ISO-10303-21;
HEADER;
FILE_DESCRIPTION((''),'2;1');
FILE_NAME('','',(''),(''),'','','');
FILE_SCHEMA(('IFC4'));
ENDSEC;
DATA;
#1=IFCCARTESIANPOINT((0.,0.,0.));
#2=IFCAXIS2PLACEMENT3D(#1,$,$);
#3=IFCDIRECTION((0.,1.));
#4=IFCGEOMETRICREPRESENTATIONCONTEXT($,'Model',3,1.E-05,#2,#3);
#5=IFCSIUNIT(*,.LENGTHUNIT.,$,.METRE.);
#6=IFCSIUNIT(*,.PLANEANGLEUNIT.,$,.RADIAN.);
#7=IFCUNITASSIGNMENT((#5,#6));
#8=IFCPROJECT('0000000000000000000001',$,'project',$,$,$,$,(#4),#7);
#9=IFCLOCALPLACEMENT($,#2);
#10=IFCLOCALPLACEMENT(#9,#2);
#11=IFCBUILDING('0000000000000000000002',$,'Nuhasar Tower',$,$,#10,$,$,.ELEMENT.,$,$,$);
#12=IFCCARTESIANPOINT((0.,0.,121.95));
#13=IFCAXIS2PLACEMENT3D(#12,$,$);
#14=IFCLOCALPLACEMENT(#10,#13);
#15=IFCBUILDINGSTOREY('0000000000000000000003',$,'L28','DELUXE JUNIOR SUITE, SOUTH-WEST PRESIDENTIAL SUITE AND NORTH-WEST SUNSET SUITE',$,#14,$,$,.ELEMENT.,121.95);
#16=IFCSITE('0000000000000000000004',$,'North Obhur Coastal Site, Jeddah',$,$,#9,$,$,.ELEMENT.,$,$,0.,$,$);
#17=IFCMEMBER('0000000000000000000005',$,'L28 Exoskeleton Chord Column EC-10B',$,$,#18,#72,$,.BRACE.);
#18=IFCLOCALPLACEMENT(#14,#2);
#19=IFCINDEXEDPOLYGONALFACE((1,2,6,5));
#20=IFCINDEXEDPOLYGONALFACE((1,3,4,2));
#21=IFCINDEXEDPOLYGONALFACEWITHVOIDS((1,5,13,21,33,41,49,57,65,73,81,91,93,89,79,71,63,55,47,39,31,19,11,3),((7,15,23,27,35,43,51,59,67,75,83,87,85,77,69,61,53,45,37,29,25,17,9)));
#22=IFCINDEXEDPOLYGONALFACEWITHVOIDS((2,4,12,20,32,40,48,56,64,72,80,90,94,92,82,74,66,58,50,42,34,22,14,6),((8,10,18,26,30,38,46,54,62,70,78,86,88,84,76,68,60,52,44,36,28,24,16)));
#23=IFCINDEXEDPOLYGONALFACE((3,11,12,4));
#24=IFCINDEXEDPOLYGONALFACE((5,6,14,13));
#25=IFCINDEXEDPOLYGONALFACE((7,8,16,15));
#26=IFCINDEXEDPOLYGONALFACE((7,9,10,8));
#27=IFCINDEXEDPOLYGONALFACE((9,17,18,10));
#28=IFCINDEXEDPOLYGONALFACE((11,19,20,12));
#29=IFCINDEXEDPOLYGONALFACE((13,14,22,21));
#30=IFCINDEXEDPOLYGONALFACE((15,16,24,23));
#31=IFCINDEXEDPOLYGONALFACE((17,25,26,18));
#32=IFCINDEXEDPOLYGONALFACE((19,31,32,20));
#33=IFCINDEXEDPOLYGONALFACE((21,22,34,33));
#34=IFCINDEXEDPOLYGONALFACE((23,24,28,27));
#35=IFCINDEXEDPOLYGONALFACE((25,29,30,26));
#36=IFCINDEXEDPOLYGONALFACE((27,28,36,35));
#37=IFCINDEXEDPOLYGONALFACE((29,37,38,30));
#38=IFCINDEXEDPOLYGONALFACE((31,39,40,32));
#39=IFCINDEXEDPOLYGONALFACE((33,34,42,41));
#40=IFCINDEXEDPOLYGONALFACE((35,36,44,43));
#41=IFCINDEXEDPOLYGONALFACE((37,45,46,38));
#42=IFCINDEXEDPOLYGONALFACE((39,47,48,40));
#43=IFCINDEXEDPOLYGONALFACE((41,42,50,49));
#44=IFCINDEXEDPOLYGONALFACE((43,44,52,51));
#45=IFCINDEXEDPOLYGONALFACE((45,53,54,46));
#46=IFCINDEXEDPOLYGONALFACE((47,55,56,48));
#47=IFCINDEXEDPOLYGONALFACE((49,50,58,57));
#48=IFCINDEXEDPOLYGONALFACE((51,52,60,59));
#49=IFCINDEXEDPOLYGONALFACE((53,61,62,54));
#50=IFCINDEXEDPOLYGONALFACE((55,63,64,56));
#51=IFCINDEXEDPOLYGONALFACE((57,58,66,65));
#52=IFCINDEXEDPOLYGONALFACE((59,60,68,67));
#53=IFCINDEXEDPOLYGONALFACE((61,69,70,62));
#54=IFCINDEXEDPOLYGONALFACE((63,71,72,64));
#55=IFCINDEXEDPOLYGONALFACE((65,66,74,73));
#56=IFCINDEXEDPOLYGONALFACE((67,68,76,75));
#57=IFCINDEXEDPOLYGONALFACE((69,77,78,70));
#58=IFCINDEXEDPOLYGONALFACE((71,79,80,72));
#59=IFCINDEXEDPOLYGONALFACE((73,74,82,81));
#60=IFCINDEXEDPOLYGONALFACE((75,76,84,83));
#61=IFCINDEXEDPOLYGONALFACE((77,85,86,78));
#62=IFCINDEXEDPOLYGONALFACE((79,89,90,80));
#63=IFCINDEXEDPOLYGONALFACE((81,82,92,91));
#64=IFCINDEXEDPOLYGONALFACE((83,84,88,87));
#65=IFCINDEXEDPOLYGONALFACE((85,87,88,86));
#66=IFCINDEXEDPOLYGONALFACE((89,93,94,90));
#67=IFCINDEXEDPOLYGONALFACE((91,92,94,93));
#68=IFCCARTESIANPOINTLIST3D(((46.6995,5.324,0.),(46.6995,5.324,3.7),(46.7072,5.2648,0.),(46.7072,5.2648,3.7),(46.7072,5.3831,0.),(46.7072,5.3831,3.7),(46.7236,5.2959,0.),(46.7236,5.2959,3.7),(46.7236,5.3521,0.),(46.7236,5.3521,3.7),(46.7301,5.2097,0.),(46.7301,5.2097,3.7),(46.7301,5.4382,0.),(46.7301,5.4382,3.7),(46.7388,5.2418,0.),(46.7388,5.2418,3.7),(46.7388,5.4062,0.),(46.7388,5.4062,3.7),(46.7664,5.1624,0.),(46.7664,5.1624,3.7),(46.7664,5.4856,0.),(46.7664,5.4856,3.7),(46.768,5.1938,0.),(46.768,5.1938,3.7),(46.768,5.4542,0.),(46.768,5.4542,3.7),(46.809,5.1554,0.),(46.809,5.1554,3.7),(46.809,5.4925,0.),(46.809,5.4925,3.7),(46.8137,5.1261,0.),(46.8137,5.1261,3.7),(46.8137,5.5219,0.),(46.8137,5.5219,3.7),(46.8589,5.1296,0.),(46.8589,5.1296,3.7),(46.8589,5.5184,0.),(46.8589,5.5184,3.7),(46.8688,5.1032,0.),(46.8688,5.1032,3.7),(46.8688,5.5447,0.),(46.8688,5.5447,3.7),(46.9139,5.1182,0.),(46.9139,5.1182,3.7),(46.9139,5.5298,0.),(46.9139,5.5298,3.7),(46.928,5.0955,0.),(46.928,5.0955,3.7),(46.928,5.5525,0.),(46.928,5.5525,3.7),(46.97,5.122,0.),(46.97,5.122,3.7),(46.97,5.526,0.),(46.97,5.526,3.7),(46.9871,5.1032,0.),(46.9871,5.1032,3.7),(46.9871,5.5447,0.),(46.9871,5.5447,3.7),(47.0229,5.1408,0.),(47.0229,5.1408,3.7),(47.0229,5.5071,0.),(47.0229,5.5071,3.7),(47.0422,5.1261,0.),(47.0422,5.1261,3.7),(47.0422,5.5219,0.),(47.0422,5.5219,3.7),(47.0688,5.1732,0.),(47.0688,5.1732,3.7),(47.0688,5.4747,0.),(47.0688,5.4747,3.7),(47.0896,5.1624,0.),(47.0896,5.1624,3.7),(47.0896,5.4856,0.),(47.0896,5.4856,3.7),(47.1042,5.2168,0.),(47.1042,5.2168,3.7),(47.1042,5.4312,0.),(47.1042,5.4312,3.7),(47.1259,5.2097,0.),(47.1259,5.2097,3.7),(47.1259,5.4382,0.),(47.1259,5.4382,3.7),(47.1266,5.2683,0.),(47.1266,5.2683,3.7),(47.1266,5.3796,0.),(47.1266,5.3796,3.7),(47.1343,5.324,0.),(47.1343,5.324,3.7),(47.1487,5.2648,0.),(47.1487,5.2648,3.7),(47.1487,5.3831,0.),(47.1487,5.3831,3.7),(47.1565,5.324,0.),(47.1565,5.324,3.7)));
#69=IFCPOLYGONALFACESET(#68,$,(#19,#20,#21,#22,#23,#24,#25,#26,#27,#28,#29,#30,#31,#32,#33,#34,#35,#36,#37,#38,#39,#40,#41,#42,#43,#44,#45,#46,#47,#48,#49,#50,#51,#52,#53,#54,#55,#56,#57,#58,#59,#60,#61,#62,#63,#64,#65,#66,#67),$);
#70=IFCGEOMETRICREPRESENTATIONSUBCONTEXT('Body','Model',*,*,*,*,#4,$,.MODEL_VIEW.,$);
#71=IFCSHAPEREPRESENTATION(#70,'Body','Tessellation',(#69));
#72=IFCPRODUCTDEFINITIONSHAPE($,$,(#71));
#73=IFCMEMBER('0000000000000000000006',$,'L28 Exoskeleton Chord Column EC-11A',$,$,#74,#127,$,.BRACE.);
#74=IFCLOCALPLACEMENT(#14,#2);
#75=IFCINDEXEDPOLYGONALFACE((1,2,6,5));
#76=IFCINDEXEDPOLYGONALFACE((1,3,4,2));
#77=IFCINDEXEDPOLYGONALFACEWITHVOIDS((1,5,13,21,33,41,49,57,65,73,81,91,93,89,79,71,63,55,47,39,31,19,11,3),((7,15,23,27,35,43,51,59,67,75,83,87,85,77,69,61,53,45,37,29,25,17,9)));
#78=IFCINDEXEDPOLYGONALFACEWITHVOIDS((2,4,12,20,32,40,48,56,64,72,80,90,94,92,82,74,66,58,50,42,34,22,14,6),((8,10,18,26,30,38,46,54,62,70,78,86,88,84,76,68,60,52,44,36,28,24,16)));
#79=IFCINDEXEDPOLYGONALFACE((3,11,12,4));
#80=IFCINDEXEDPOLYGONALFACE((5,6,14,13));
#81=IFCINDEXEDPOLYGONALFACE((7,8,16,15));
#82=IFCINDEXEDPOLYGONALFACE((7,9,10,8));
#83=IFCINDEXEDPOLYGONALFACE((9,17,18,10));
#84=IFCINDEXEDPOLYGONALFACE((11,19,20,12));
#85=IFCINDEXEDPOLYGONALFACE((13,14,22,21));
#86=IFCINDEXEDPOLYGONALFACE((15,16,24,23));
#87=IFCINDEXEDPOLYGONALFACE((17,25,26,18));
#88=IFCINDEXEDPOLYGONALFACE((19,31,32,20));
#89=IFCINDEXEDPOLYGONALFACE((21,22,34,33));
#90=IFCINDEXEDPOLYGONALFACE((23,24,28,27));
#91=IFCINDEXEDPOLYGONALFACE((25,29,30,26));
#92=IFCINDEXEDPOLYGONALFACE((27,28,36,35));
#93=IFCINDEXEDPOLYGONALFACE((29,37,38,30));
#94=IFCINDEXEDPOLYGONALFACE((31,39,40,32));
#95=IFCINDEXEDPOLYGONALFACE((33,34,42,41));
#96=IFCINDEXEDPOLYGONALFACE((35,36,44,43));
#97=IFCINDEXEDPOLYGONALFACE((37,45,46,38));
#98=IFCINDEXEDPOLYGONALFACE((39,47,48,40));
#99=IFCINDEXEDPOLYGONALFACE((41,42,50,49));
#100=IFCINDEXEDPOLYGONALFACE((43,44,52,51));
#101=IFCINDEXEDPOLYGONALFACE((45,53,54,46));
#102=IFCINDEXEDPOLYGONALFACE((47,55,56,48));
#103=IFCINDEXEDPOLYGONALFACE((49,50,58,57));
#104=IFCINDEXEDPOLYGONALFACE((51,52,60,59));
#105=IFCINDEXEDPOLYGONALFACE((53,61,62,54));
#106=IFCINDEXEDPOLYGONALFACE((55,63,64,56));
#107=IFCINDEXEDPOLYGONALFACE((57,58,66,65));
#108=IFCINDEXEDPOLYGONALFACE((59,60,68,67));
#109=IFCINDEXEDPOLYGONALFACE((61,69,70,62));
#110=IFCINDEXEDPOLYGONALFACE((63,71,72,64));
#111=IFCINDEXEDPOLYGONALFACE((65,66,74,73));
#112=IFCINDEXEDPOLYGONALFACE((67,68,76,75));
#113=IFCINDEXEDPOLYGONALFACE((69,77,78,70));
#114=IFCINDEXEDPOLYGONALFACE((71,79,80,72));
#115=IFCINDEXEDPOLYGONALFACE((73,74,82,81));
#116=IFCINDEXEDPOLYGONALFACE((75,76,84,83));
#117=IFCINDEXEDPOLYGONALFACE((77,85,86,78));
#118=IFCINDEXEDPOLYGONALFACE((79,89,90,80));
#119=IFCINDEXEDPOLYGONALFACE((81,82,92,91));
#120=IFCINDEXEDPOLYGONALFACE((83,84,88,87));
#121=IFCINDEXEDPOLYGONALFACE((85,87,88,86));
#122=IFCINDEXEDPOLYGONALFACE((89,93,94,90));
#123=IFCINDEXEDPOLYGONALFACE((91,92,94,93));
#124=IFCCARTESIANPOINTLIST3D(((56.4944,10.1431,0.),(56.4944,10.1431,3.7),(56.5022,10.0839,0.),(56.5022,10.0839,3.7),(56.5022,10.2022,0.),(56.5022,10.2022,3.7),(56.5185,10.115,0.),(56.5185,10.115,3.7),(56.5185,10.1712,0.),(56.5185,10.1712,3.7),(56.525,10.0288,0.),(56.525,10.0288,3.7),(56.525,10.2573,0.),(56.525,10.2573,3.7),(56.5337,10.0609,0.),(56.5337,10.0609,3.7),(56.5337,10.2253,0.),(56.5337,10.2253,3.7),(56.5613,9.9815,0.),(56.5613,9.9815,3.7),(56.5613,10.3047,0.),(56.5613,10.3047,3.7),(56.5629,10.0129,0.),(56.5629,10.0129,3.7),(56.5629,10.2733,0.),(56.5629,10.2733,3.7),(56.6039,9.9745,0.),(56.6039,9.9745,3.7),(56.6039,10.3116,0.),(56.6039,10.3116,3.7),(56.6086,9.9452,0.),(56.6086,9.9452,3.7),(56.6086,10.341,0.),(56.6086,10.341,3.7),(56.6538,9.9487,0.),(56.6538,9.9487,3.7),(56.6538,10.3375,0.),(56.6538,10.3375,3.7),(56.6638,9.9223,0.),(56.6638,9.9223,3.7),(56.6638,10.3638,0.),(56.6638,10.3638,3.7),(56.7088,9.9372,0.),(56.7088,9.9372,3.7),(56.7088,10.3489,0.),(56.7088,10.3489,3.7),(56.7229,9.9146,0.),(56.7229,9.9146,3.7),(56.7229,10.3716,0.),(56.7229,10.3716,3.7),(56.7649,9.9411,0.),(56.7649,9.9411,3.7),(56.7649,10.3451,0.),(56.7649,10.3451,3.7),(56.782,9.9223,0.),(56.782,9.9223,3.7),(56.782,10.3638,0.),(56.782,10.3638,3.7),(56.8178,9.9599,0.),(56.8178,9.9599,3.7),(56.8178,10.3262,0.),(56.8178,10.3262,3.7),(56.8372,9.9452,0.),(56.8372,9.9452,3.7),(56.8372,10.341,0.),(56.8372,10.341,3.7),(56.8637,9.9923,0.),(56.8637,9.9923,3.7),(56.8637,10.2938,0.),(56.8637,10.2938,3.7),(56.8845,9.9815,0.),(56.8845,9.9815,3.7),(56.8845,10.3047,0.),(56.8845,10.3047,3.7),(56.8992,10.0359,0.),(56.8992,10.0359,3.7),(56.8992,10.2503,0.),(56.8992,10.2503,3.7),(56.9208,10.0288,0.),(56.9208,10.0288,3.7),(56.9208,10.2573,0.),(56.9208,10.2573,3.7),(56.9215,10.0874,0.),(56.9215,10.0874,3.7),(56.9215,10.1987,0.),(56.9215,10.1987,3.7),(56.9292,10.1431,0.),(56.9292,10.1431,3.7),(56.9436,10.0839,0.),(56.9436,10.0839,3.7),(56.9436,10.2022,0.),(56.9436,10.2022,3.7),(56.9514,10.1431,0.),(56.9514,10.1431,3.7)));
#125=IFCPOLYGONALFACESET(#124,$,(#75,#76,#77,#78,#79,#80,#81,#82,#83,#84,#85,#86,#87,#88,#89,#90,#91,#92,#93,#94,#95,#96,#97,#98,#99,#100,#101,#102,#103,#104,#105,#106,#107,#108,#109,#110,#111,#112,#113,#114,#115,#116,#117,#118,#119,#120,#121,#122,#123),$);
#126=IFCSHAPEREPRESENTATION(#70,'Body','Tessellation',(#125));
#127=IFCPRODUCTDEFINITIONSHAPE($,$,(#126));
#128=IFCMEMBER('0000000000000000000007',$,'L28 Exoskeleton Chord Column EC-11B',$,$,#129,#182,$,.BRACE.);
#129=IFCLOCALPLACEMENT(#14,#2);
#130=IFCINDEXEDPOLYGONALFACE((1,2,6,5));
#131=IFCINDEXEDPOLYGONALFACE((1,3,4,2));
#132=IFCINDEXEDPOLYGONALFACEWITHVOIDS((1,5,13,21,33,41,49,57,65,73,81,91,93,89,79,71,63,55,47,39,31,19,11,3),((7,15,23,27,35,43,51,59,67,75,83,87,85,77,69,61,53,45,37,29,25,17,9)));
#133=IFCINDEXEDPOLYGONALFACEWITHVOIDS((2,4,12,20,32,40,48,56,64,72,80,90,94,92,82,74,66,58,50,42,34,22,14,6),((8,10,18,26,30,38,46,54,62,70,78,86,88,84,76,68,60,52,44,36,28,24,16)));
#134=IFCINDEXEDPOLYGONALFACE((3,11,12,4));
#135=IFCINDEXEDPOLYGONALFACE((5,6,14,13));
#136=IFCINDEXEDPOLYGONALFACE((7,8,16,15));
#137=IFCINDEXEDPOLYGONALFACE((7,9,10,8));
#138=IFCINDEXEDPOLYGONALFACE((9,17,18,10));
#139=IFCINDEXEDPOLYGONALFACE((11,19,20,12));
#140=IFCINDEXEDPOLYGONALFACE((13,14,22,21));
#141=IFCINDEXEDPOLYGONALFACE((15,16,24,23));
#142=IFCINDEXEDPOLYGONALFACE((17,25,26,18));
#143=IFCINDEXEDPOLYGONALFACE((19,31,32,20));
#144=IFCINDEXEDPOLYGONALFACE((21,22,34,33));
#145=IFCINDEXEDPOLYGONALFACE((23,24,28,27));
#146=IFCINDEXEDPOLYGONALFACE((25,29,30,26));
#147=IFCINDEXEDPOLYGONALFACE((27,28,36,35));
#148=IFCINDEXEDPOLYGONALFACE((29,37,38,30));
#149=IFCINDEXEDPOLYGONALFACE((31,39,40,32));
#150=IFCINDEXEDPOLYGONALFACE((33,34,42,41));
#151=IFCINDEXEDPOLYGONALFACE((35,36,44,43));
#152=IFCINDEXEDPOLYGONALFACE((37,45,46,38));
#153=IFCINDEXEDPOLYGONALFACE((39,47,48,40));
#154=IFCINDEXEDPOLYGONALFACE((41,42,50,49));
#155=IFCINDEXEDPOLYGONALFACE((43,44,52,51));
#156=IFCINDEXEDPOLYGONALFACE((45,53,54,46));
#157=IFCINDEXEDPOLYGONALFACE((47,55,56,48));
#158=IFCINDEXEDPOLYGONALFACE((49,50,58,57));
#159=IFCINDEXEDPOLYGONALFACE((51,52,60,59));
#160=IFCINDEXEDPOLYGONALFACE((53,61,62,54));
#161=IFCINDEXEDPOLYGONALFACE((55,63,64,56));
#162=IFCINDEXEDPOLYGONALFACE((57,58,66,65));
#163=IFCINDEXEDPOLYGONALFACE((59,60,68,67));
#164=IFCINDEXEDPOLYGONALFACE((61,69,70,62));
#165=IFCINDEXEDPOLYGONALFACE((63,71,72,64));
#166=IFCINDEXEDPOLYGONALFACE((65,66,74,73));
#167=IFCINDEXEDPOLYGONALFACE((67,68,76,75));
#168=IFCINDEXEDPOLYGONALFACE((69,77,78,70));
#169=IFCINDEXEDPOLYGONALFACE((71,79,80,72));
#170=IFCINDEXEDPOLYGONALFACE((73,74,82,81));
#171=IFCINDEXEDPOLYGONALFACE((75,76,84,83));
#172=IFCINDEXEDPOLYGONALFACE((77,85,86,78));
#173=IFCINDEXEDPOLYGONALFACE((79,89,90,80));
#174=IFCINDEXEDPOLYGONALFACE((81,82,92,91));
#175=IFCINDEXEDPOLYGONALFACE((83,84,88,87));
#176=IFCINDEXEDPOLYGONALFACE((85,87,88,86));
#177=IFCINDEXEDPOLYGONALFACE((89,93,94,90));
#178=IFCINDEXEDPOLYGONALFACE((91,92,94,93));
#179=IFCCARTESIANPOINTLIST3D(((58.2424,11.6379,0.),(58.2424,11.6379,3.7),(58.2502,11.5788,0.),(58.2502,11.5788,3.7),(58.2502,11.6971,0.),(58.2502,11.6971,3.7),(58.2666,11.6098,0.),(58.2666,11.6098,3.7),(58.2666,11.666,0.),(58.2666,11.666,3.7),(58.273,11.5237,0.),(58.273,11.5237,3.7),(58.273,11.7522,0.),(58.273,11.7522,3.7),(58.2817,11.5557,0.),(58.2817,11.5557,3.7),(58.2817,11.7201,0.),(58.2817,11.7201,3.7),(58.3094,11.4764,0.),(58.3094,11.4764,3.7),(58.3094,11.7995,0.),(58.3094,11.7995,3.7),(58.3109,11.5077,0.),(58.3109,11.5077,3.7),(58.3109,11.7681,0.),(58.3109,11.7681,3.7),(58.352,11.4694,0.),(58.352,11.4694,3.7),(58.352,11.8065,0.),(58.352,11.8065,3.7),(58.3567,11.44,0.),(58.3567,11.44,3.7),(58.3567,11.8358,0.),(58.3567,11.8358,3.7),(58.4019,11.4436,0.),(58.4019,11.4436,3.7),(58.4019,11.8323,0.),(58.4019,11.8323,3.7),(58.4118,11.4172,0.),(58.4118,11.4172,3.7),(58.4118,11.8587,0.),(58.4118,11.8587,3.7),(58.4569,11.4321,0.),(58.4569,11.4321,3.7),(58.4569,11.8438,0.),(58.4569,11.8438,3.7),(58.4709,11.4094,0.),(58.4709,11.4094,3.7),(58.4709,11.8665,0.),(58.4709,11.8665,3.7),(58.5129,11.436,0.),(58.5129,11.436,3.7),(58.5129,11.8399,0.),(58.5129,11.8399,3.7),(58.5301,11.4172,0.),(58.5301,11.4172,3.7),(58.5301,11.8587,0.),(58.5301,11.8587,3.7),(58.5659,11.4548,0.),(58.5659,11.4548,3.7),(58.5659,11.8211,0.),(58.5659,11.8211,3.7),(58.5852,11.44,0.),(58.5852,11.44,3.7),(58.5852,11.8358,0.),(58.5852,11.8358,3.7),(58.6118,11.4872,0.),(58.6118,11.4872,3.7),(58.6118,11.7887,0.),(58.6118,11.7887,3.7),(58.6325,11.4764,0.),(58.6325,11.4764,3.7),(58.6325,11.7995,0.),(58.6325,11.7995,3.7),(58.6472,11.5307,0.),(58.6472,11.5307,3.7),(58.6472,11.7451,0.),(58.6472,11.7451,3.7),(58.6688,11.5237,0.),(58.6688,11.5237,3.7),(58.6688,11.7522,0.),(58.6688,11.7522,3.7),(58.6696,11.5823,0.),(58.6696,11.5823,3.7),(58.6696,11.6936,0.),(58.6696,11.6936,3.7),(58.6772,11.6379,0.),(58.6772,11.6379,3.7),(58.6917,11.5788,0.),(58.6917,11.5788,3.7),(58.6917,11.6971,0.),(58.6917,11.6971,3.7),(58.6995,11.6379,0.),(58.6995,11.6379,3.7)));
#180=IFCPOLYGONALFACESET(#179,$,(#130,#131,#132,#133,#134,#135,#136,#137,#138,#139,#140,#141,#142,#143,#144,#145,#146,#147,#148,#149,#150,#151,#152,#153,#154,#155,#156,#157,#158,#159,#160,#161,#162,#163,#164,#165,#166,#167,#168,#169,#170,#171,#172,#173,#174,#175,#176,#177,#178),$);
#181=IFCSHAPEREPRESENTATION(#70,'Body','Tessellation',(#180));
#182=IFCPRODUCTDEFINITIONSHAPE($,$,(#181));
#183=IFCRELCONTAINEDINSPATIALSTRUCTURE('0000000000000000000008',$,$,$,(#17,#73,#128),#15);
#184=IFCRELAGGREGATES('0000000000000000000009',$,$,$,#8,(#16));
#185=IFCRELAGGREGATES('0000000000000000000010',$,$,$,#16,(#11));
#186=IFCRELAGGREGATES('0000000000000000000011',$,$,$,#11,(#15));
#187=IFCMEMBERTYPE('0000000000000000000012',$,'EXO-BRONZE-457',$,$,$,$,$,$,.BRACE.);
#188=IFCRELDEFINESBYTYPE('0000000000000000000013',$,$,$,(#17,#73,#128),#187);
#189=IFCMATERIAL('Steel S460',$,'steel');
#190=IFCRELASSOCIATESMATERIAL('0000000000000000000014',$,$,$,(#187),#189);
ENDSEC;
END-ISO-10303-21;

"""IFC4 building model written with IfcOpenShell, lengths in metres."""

from ifc_helpers import new_model, si_unit, direction, frame, origin, origin_2d, place, context, subcontext, project, spatial, hollow_circle, extrude, material, material_profile, profile_set, type_object, element, save


model = new_model("IFC4")

# Units and contexts
model_context = context("Model", 3, precision=1e-05, world=origin(), true_north=direction((0.0, 1.0)))
body_context = subcontext(model_context, "Body", "Model", "MODEL_VIEW")
ifc_project = project(units=[si_unit("LENGTHUNIT", "METRE"), si_unit("PLANEANGLEUNIT", "RADIAN")], contexts=[model_context])

# Site, building, storey
site_placement = place(None, origin())
site = spatial("IfcSite", under=ifc_project, at=site_placement, Name="North Obhur Coastal Site, Jeddah", CompositionType="ELEMENT", RefElevation=0.0)
building_placement = place(site_placement, origin())
building = spatial("IfcBuilding", under=site, at=building_placement, Name="Nuhasar Tower", CompositionType="ELEMENT")
storey_placement = place(building_placement, frame((0.0, 0.0, 121.95)))
storey = spatial("IfcBuildingStorey", under=building, at=storey_placement, Name="L28", Description="DELUXE JUNIOR SUITE, SOUTH-WEST PRESIDENTIAL SUITE AND NORTH-WEST SUNSET SUITE", CompositionType="ELEMENT", Elevation=121.95)

# Members
ifc_material_1 = material(Name="Steel S460", Category="steel")
ifc_material_profile_1 = material_profile(ifc_material_1, hollow_circle(Radius=0.2285, WallThickness=0.0222, at=origin_2d()), Name="HSS457X22.2")
ifc_profile_set_1 = profile_set([ifc_material_profile_1], Name="Steel S460")
member_type_1 = type_object("IfcMemberType", Name="EXO-BRONZE-457", PredefinedType="BRACE", material=ifc_profile_set_1)
for number, where, z_axis, x_axis, name in (
    (1, (46.928, 5.324, 0.0), (0.0, 0.0, 1.0), (1.0, 0.0, 0.0), "L28 Exoskeleton Chord Column EC-10B"),
    (2, (56.7229, 10.1431, 0.0), (0.0, 0.0, 1.0), (1.0, 0.0, 0.0), "L28 Exoskeleton Chord Column EC-11A"),
    (3, (58.4709, 11.6379, 0.0), (0.0, 0.0, 1.0), (1.0, 0.0, 0.0), "L28 Exoskeleton Chord Column EC-11B"),
):
    element("IfcMember", number, at=place(storey_placement, frame(where, z_axis=z_axis, x_axis=x_axis)), inside=storey, type_object=member_type_1, Name=name, PredefinedType="BRACE", context=body_context, shape_type="SweptSolid", body=[
        extrude(hollow_circle(Radius=0.2285, WallThickness=0.0222, at=origin_2d()), origin(), (0.0, 0.0, 1.0), 3.7),
    ])

save(model, "model.ifc")
